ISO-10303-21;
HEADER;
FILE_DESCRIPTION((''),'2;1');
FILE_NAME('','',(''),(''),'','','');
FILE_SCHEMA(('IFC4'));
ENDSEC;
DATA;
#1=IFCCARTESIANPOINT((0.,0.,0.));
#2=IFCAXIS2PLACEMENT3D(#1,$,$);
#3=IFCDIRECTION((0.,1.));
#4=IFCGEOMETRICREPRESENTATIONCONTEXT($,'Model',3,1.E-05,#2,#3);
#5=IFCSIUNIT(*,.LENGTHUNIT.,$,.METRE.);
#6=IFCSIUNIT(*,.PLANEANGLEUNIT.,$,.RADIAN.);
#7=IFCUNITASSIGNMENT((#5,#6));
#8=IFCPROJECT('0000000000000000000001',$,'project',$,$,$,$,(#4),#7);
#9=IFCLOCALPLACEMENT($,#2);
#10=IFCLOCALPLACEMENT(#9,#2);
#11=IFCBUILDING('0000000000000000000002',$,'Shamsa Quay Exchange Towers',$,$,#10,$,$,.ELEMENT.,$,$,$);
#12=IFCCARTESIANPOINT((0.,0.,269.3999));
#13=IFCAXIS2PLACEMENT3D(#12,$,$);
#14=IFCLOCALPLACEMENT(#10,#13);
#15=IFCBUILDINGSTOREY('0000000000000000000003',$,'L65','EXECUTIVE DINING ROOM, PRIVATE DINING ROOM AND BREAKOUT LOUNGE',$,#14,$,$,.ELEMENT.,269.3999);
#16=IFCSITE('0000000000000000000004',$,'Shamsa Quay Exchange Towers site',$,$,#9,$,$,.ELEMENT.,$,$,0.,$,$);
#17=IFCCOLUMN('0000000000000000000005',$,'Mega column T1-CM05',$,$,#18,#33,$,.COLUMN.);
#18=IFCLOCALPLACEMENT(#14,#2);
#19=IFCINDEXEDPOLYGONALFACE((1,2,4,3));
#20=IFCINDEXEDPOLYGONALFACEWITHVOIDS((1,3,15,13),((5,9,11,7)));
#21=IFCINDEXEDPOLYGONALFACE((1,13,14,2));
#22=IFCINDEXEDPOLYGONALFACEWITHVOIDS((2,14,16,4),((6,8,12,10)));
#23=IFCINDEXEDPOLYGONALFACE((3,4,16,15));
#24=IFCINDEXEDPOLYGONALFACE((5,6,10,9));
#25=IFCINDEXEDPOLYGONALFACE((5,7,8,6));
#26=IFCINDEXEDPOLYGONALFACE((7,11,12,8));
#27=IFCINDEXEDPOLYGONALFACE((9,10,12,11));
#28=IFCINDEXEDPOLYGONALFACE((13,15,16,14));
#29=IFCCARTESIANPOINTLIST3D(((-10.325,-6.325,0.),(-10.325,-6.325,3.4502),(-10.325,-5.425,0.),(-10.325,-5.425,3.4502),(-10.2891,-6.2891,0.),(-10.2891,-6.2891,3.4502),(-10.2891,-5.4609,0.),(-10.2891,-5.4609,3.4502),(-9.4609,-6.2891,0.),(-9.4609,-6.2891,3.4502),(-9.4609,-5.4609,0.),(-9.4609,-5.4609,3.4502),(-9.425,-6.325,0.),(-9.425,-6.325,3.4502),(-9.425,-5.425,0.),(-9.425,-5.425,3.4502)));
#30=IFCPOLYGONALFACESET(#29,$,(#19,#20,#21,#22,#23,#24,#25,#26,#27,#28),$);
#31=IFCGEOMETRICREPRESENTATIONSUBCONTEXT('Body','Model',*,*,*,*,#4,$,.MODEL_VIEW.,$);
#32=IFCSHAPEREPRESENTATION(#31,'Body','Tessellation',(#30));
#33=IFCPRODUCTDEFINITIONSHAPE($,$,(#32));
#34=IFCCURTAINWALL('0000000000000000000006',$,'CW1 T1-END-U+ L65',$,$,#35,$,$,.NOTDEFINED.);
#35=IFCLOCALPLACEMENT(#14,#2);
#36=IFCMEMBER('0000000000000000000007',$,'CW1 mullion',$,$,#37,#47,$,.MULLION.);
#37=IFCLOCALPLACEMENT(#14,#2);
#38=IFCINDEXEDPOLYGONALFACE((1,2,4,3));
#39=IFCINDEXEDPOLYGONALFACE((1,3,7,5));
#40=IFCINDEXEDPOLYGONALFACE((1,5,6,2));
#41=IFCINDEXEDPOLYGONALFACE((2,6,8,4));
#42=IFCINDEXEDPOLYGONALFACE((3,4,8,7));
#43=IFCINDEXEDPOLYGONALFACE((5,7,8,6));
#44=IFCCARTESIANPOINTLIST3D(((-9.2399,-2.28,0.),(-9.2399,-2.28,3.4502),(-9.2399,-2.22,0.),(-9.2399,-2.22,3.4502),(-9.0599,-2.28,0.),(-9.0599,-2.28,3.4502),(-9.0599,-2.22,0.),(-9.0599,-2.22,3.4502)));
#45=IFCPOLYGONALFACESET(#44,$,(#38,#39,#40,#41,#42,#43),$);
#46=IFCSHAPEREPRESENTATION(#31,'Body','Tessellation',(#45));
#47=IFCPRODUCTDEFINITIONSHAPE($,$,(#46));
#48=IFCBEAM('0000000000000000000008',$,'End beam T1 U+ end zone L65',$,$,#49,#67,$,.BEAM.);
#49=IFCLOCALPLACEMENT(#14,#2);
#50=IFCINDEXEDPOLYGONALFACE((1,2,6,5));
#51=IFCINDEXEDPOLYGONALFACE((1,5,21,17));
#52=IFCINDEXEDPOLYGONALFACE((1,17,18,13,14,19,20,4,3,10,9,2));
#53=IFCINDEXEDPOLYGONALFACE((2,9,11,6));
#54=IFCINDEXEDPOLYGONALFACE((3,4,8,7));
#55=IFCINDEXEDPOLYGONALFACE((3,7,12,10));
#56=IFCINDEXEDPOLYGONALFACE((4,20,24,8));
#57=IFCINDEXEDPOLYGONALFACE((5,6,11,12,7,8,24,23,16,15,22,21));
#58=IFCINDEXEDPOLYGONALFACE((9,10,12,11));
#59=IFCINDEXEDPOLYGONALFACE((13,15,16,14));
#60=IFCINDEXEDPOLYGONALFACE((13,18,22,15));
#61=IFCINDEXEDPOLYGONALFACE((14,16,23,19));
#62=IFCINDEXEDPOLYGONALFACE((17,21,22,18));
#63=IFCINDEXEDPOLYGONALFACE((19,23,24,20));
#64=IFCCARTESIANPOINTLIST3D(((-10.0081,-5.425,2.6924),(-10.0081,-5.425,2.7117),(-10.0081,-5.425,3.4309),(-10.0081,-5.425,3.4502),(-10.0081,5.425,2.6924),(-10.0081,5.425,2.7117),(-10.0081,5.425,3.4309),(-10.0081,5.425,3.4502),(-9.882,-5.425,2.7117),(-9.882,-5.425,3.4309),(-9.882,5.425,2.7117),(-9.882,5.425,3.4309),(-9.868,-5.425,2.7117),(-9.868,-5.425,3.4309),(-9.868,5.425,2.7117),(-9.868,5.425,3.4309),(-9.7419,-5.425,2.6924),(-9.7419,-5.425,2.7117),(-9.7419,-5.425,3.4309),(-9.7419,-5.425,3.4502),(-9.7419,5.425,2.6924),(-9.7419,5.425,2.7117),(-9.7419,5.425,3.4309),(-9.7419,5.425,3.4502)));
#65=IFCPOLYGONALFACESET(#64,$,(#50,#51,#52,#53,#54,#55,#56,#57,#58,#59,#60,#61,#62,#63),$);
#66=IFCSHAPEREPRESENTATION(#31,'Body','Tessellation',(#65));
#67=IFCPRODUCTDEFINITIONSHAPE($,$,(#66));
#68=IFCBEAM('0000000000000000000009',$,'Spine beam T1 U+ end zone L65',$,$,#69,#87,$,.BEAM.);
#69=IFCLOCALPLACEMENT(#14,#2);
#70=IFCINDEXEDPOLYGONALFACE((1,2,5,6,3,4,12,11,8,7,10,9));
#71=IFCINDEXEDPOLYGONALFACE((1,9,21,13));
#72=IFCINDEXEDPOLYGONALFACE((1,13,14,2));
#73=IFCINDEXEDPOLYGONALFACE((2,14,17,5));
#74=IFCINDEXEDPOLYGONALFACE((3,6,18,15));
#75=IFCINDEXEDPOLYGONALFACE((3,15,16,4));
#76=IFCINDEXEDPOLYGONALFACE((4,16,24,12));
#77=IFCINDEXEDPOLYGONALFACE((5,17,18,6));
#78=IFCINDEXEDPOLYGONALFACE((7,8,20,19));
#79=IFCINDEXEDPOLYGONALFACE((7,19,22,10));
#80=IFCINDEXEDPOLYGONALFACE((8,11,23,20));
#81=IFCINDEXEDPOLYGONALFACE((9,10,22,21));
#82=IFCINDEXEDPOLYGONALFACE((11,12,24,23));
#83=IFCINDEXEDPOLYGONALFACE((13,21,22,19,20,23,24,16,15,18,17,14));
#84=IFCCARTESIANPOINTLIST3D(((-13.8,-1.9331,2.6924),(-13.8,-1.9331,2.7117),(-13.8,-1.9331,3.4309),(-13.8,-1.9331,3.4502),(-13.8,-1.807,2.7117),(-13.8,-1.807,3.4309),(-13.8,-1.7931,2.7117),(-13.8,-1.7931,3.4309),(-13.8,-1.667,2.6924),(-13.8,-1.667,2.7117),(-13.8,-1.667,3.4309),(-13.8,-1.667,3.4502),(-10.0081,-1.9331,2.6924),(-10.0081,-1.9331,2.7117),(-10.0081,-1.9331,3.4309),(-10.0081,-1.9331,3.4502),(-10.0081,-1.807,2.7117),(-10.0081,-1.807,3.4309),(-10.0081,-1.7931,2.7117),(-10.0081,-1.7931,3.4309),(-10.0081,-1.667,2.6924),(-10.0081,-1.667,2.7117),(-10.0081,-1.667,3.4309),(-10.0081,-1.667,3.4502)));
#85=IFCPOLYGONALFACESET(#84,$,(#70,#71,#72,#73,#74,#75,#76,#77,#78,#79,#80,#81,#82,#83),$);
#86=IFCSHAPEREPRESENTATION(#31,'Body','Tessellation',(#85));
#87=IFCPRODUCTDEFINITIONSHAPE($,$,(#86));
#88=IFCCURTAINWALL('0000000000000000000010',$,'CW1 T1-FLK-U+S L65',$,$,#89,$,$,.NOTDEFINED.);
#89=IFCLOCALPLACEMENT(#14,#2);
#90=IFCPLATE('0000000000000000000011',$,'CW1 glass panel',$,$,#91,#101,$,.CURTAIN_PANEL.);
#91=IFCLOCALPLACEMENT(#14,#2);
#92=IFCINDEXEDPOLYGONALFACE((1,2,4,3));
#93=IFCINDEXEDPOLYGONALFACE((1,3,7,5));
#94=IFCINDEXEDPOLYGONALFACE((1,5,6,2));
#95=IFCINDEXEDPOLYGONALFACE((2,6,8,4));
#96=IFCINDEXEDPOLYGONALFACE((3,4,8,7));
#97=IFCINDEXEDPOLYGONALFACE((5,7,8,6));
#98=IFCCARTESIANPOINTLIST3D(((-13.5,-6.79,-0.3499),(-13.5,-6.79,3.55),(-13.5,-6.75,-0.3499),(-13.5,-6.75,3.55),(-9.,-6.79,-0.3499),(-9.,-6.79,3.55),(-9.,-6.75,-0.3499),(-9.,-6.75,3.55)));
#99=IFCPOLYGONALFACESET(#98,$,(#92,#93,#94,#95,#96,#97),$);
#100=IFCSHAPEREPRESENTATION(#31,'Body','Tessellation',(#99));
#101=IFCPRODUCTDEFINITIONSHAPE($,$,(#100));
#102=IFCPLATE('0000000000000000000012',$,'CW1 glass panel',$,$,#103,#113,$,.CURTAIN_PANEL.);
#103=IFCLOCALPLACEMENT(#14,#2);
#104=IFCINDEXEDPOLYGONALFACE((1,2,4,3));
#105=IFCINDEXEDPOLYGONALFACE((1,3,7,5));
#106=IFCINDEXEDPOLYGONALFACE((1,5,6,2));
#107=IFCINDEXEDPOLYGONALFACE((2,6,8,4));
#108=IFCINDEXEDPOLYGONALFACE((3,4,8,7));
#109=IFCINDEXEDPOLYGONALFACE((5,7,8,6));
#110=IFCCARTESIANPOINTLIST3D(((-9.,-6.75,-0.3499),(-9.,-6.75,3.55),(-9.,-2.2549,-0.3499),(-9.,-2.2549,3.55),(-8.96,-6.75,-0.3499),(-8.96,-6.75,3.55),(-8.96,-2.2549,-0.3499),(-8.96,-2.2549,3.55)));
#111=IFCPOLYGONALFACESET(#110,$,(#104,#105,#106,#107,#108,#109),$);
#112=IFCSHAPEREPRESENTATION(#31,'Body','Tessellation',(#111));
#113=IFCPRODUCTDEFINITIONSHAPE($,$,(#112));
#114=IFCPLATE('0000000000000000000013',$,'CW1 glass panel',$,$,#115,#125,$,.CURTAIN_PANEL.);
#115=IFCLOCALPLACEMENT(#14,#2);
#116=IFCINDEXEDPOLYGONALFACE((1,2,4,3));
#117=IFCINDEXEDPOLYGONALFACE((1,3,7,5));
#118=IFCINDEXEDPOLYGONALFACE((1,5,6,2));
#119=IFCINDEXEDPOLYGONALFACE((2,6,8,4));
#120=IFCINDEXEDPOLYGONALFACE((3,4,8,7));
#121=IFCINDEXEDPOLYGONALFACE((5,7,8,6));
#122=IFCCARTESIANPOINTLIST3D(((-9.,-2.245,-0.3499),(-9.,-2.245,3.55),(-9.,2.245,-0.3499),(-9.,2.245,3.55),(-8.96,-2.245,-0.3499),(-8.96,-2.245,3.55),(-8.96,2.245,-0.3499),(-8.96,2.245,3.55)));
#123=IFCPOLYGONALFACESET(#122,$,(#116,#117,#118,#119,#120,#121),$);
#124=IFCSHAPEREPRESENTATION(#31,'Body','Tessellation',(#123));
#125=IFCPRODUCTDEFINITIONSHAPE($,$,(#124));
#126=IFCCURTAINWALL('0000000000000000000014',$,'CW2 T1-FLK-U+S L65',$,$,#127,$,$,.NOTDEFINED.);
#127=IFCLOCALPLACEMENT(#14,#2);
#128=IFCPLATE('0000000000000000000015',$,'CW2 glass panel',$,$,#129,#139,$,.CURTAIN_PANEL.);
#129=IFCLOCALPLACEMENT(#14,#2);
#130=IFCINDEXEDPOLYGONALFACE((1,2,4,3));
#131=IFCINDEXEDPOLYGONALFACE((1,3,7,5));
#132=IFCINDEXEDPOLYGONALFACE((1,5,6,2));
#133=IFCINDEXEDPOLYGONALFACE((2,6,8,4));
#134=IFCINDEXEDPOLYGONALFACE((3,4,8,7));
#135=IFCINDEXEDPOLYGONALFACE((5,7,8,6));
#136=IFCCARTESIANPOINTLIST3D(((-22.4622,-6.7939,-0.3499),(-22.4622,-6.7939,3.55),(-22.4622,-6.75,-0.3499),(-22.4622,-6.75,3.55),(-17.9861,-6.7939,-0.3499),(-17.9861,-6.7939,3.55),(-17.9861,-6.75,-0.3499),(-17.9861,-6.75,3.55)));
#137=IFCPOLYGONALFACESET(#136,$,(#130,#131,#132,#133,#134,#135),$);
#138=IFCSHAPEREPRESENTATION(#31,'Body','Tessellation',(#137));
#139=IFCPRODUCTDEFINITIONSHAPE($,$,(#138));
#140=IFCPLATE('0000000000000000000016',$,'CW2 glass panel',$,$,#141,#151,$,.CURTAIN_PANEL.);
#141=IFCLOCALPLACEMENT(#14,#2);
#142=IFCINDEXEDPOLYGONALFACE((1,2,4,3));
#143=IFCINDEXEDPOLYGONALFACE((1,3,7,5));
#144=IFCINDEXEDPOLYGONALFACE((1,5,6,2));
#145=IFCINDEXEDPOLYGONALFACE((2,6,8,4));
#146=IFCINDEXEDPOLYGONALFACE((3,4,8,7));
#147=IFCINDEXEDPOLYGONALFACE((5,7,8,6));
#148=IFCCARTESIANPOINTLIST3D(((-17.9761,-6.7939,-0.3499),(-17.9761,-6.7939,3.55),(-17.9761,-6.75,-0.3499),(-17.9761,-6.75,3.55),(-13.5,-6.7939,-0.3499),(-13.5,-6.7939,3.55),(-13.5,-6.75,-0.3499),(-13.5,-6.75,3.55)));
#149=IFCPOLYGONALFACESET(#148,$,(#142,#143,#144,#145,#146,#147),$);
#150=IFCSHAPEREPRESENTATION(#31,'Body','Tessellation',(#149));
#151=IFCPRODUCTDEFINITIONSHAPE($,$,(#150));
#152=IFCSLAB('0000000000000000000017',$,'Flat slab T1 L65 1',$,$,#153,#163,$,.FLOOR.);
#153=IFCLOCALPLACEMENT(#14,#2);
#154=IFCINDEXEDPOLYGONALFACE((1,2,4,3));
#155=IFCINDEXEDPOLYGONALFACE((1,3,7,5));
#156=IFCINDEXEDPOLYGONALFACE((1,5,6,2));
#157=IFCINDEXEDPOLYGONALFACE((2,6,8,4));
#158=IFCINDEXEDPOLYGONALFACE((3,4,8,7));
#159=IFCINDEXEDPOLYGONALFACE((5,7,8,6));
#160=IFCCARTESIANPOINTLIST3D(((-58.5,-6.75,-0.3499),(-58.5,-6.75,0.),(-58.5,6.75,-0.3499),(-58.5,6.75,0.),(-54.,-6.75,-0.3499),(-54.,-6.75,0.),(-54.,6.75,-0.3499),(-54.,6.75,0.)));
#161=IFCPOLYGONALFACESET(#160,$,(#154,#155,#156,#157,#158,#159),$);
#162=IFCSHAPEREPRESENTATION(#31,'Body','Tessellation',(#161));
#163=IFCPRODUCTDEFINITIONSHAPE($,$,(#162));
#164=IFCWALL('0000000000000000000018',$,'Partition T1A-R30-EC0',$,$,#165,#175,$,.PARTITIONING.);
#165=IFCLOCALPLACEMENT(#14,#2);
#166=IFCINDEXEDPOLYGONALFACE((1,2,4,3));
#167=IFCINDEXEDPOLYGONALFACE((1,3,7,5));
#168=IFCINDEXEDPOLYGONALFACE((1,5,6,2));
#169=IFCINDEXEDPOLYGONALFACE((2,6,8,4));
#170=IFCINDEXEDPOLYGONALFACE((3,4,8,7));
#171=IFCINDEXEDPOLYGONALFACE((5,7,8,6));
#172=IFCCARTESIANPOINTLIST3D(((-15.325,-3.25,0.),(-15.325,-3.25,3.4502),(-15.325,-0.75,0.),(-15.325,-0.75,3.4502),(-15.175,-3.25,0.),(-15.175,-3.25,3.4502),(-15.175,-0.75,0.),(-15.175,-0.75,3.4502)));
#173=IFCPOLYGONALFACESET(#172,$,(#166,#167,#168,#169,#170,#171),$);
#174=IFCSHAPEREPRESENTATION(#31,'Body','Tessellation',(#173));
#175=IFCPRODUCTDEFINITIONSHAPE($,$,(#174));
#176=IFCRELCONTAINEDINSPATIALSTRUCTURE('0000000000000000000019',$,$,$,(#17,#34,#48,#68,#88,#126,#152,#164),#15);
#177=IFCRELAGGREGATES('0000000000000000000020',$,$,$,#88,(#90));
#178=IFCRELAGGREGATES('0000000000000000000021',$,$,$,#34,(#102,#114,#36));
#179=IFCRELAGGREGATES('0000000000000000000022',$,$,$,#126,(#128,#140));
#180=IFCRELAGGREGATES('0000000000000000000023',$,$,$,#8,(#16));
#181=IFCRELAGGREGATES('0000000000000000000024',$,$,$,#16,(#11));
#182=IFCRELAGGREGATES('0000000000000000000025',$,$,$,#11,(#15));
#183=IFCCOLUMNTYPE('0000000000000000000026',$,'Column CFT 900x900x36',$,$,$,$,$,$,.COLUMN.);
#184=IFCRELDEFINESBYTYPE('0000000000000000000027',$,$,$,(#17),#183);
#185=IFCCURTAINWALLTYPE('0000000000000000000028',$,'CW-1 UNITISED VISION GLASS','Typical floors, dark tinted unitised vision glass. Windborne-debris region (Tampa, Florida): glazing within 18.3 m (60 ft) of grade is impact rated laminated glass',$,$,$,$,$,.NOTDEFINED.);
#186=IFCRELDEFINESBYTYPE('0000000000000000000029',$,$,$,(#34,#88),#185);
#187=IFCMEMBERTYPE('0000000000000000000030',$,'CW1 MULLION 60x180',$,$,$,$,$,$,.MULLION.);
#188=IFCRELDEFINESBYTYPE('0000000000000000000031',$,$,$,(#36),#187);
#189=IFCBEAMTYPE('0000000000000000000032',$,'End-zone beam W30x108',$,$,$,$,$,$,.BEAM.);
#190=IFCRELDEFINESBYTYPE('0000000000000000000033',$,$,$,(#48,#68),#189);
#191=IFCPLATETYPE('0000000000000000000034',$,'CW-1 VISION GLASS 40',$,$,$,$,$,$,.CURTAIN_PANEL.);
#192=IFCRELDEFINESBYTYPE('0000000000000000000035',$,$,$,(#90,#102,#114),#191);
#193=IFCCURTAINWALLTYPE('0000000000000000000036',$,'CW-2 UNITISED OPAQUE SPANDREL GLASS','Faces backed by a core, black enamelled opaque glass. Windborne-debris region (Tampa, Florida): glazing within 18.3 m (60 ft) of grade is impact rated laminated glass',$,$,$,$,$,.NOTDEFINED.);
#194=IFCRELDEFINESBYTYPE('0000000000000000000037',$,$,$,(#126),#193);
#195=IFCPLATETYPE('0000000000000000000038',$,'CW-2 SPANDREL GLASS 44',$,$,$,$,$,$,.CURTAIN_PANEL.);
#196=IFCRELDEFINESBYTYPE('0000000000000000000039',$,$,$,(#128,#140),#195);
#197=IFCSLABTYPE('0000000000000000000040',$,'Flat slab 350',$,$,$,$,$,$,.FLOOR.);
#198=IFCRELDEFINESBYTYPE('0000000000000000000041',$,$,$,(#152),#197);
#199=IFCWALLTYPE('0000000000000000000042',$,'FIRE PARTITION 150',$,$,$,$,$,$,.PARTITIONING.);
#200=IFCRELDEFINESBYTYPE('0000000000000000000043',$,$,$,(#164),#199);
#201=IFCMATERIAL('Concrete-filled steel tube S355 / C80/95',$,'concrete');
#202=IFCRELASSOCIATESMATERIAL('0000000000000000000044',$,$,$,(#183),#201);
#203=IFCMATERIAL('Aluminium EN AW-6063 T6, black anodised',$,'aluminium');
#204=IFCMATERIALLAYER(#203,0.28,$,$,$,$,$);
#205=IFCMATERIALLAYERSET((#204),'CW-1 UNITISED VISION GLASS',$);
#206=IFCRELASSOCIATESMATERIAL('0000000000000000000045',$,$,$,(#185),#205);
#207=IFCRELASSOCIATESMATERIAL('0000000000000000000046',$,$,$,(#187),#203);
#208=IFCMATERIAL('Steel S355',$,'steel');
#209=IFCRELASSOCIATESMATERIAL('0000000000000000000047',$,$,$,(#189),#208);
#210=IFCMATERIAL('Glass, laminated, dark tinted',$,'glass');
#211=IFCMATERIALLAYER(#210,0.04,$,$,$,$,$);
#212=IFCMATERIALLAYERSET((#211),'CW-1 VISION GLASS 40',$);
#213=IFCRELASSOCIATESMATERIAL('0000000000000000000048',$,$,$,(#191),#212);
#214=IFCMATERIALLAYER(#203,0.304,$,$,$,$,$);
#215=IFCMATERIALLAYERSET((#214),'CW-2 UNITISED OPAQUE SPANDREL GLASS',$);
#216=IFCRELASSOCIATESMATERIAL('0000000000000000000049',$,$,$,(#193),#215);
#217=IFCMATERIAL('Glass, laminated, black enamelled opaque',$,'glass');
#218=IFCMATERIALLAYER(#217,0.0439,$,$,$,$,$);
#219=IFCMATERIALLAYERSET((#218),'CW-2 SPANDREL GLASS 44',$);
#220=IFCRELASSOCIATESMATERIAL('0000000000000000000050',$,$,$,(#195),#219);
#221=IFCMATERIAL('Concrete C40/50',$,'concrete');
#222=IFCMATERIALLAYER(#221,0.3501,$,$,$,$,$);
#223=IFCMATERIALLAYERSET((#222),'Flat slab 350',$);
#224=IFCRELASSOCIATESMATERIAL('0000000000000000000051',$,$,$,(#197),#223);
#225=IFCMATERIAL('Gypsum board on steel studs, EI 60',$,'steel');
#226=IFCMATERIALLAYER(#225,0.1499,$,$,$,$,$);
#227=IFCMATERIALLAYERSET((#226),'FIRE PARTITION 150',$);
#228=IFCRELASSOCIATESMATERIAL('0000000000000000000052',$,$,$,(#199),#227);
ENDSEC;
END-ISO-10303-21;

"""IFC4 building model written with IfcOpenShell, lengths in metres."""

from ifc_helpers import new_model, si_unit, direction, frame, frame_2d, origin, origin_2d, place, context, subcontext, project, spatial, polyline, rectangle, hollow_rectangle, i_section, outline, extrude, material, layer, layer_set, material_profile, profile_set, type_object, element, aggregate, save


model = new_model("IFC4")

# Units and contexts
model_context = context("Model", 3, precision=1e-05, world=origin(), true_north=direction((0.0, 1.0)))
body_context = subcontext(model_context, "Body", "Model", "MODEL_VIEW")
ifc_project = project(units=[si_unit("LENGTHUNIT", "METRE"), si_unit("PLANEANGLEUNIT", "RADIAN")], contexts=[model_context])

# Site, building, storey
site_placement = place(None, origin())
site = spatial("IfcSite", under=ifc_project, at=site_placement, Name="Shamsa Quay Exchange Towers site", CompositionType="ELEMENT", RefElevation=0.0)
building_placement = place(site_placement, origin())
building = spatial("IfcBuilding", under=site, at=building_placement, Name="Shamsa Quay Exchange Towers", CompositionType="ELEMENT")
storey_placement = place(building_placement, frame((0.0, 0.0, 269.3999)))
storey = spatial("IfcBuildingStorey", under=building, at=storey_placement, Name="L65", Description="EXECUTIVE DINING ROOM, PRIVATE DINING ROOM AND BREAKOUT LOUNGE", CompositionType="ELEMENT", Elevation=269.3999)

# Column
ifc_material_1 = material(Name="Concrete-filled steel tube S355 / C80/95", Category="concrete")
ifc_material_profile_1 = material_profile(ifc_material_1, hollow_rectangle(XDim=0.8999, YDim=0.8999, WallThickness=0.0359, at=origin_2d()), Name="CFT 900x900x36")
ifc_profile_set_1 = profile_set([ifc_material_profile_1], Name="Concrete-filled steel tube S355 / C80/95")
column_type = type_object("IfcColumnType", Name="Column CFT 900x900x36", PredefinedType="COLUMN", material=ifc_profile_set_1)
column_placement = place(storey_placement, frame((-9.875, -5.875, 0.0)))
element("IfcColumn", 1, at=column_placement, inside=storey, type_object=column_type, Name="Mega column T1-CM05", PredefinedType="COLUMN", context=body_context, shape_type="SweptSolid", body=[
    extrude(hollow_rectangle(XDim=0.8999, YDim=0.8999, WallThickness=0.0359, at=origin_2d()), origin(), (0.0, 0.0, 1.0), 3.4502),
])

# Curtain wall, member
ifc_material_2 = material(Name="Aluminium EN AW-6063 T6, black anodised", Category="aluminium")
ifc_layer_1 = layer(ifc_material_2, 0.28)
ifc_layer_set_1 = layer_set([ifc_layer_1], Name="CW-1 UNITISED VISION GLASS")
curtain_wall_type_1 = type_object("IfcCurtainWallType", Name="CW-1 UNITISED VISION GLASS", Description="Typical floors, dark tinted unitised vision glass. Windborne-debris region (Tampa, Florida): glazing within 18.3 m (60 ft) of grade is impact rated laminated glass", PredefinedType="NOTDEFINED", material=ifc_layer_set_1)
curtain_wall_1_placement = place(storey_placement, origin())
curtain_wall_1 = element("IfcCurtainWall", 2, at=curtain_wall_1_placement, inside=storey, type_object=curtain_wall_type_1, Name="CW1 T1-END-U+ L65", PredefinedType="NOTDEFINED")
ifc_material_profile_2 = material_profile(ifc_material_2, rectangle(XDim=0.1799, YDim=0.0601, at=origin_2d()), Name="MU60x180")
ifc_profile_set_2 = profile_set([ifc_material_profile_2], Name="Aluminium EN AW-6063 T6, black anodised")
member_type = type_object("IfcMemberType", Name="CW1 MULLION 60x180", PredefinedType="MULLION", material=ifc_profile_set_2)
member_placement = place(storey_placement, frame((-9.1499, -2.25, 0.0), z_axis=(0.0, 0.0, 1.0), x_axis=(-1.0, 0.0, 0.0)))
member = element("IfcMember", 3, at=member_placement, type_object=member_type, Name="CW1 mullion", PredefinedType="MULLION", context=body_context, shape_type="SweptSolid", body=[
    extrude(rectangle(XDim=0.1799, YDim=0.0601, at=origin_2d()), origin(), (0.0, 0.0, 1.0), 3.4502),
])

# Beams
ifc_material_3 = material(Name="Steel S355", Category="steel")
ifc_material_profile_3 = material_profile(ifc_material_3, i_section(OverallWidth=0.2661, OverallDepth=0.7578, WebThickness=0.0139, FlangeThickness=0.0193, at=origin_2d()), Name="W30x108")
ifc_profile_set_3 = profile_set([ifc_material_profile_3], Name="Steel S355")
beam_type = type_object("IfcBeamType", Name="End-zone beam W30x108", PredefinedType="BEAM", material=ifc_profile_set_3)
beam_1_placement = place(storey_placement, frame((-9.875, -5.425, 3.0713), z_axis=(0.0, 1.0, 0.0), x_axis=(-1.0, 0.0, 0.0)))
element("IfcBeam", 4, at=beam_1_placement, inside=storey, type_object=beam_type, Name="End beam T1 U+ end zone L65", PredefinedType="BEAM", context=body_context, shape_type="SweptSolid", body=[
    extrude(i_section(OverallWidth=0.2661, OverallDepth=0.7578, WebThickness=0.0139, FlangeThickness=0.0193, at=origin_2d()), origin(), (0.0, 0.0, 1.0), 10.8501),
])
beam_2_placement = place(storey_placement, frame((-13.8, -1.8, 3.0713), z_axis=(1.0, 0.0, 0.0), x_axis=(0.0, 1.0, 0.0)))
element("IfcBeam", 5, at=beam_2_placement, inside=storey, type_object=beam_type, Name="Spine beam T1 U+ end zone L65", PredefinedType="BEAM", context=body_context, shape_type="SweptSolid", body=[
    extrude(i_section(OverallWidth=0.2661, OverallDepth=0.7578, WebThickness=0.0139, FlangeThickness=0.0193, at=origin_2d()), origin(), (0.0, 0.0, 1.0), 3.792),
])

# Curtain wall, plate
curtain_wall_2_placement = place(storey_placement, origin())
curtain_wall_2 = element("IfcCurtainWall", 6, at=curtain_wall_2_placement, inside=storey, type_object=curtain_wall_type_1, Name="CW1 T1-FLK-U+S L65", PredefinedType="NOTDEFINED")
ifc_material_4 = material(Name="Glass, laminated, dark tinted", Category="glass")
ifc_layer_2 = layer(ifc_material_4, 0.04)
ifc_layer_set_2 = layer_set([ifc_layer_2], Name="CW-1 VISION GLASS 40")
plate_type_1 = type_object("IfcPlateType", Name="CW-1 VISION GLASS 40", PredefinedType="CURTAIN_PANEL", material=ifc_layer_set_2)
plate_1_placement = place(storey_placement, frame((-11.25, -6.77, -0.3499)))
plate_1 = element("IfcPlate", 7, at=plate_1_placement, type_object=plate_type_1, Name="CW1 glass panel", PredefinedType="CURTAIN_PANEL", context=body_context, shape_type="SweptSolid", body=[
    extrude(rectangle(XDim=4.5, YDim=0.04, at=origin_2d()), origin(), (0.0, 0.0, 1.0), 3.8999),
])
aggregate(curtain_wall_2, [plate_1])

# Plates
plate_2_placement = place(storey_placement, frame((-8.98, -4.5024, -0.3499), z_axis=(0.0, 0.0, 1.0), x_axis=(0.0, 1.0, 0.0)))
plate_2 = element("IfcPlate", 8, at=plate_2_placement, type_object=plate_type_1, Name="CW1 glass panel", PredefinedType="CURTAIN_PANEL", context=body_context, shape_type="SweptSolid", body=[
    extrude(rectangle(XDim=4.4951, YDim=0.04, at=origin_2d()), origin(), (0.0, 0.0, 1.0), 3.8999),
])
plate_3_placement = place(storey_placement, frame((-8.98, 0.0, -0.3499), z_axis=(0.0, 0.0, 1.0), x_axis=(0.0, 1.0, 0.0)))
plate_3 = element("IfcPlate", 9, at=plate_3_placement, type_object=plate_type_1, Name="CW1 glass panel", PredefinedType="CURTAIN_PANEL", context=body_context, shape_type="SweptSolid", body=[
    extrude(rectangle(XDim=4.49, YDim=0.04, at=origin_2d()), origin(), (0.0, 0.0, 1.0), 3.8999),
])
aggregate(curtain_wall_1, [plate_2, plate_3, member])

# Curtain wall, plates
ifc_layer_3 = layer(ifc_material_2, 0.304)
ifc_layer_set_3 = layer_set([ifc_layer_3], Name="CW-2 UNITISED OPAQUE SPANDREL GLASS")
curtain_wall_type_2 = type_object("IfcCurtainWallType", Name="CW-2 UNITISED OPAQUE SPANDREL GLASS", Description="Faces backed by a core, black enamelled opaque glass. Windborne-debris region (Tampa, Florida): glazing within 18.3 m (60 ft) of grade is impact rated laminated glass", PredefinedType="NOTDEFINED", material=ifc_layer_set_3)
curtain_wall_3_placement = place(storey_placement, origin())
curtain_wall_3 = element("IfcCurtainWall", 10, at=curtain_wall_3_placement, inside=storey, type_object=curtain_wall_type_2, Name="CW2 T1-FLK-U+S L65", PredefinedType="NOTDEFINED")
ifc_material_5 = material(Name="Glass, laminated, black enamelled opaque", Category="glass")
ifc_layer_4 = layer(ifc_material_5, 0.0439)
ifc_layer_set_4 = layer_set([ifc_layer_4], Name="CW-2 SPANDREL GLASS 44")
plate_type_2 = type_object("IfcPlateType", Name="CW-2 SPANDREL GLASS 44", PredefinedType="CURTAIN_PANEL", material=ifc_layer_set_4)
plate_4_placement = place(storey_placement, frame((-20.2241, -6.772, -0.3499)))
plate_4 = element("IfcPlate", 11, at=plate_4_placement, type_object=plate_type_2, Name="CW2 glass panel", PredefinedType="CURTAIN_PANEL", context=body_context, shape_type="SweptSolid", body=[
    extrude(rectangle(XDim=4.4761, YDim=0.0439, at=origin_2d()), origin(), (0.0, 0.0, 1.0), 3.8999),
])
plate_5_placement = place(storey_placement, frame((-15.738, -6.772, -0.3499)))
plate_5 = element("IfcPlate", 12, at=plate_5_placement, type_object=plate_type_2, Name="CW2 glass panel", PredefinedType="CURTAIN_PANEL", context=body_context, shape_type="SweptSolid", body=[
    extrude(rectangle(XDim=4.4761, YDim=0.0439, at=origin_2d()), origin(), (0.0, 0.0, 1.0), 3.8999),
])
aggregate(curtain_wall_3, [plate_4, plate_5])

# Slab
ifc_material_6 = material(Name="Concrete C40/50", Category="concrete")
ifc_layer_5 = layer(ifc_material_6, 0.3501)
ifc_layer_set_5 = layer_set([ifc_layer_5], Name="Flat slab 350")
slab_type = type_object("IfcSlabType", Name="Flat slab 350", PredefinedType="FLOOR", material=ifc_layer_set_5)
slab_placement = place(storey_placement, frame((0.0, 0.0, -0.3499)))
element("IfcSlab", 13, at=slab_placement, inside=storey, type_object=slab_type, Name="Flat slab T1 L65 1", PredefinedType="FLOOR", context=body_context, shape_type="SweptSolid", body=[
    extrude(outline(polyline([(-58.5, -6.75), (-54.0, -6.75), (-54.0, 6.75), (-58.5, 6.75), (-58.5, -6.75)])), origin(), (0.0, 0.0, 1.0), 0.3499),
])

# Wall
ifc_material_7 = material(Name="Gypsum board on steel studs, EI 60", Category="steel")
ifc_layer_6 = layer(ifc_material_7, 0.1499)
ifc_layer_set_6 = layer_set([ifc_layer_6], Name="FIRE PARTITION 150")
wall_type_1 = type_object("IfcWallType", Name="FIRE PARTITION 150", PredefinedType="PARTITIONING", material=ifc_layer_set_6)
wall_1_placement = place(storey_placement, frame((-15.25, -3.25, 0.0), z_axis=(0.0, 0.0, 1.0), x_axis=(0.0, 1.0, 0.0)))
element("IfcWall", 14, at=wall_1_placement, inside=storey, type_object=wall_type_1, Name="Partition T1A-R30-EC0", PredefinedType="PARTITIONING", context=body_context, shape_type="SweptSolid", body=[
    extrude(rectangle(XDim=2.5, YDim=0.1499, at=frame_2d((1.25, 0.0))), origin(), (0.0, 0.0, 1.0), 3.4502),
])

save(model, "model.ifc")
